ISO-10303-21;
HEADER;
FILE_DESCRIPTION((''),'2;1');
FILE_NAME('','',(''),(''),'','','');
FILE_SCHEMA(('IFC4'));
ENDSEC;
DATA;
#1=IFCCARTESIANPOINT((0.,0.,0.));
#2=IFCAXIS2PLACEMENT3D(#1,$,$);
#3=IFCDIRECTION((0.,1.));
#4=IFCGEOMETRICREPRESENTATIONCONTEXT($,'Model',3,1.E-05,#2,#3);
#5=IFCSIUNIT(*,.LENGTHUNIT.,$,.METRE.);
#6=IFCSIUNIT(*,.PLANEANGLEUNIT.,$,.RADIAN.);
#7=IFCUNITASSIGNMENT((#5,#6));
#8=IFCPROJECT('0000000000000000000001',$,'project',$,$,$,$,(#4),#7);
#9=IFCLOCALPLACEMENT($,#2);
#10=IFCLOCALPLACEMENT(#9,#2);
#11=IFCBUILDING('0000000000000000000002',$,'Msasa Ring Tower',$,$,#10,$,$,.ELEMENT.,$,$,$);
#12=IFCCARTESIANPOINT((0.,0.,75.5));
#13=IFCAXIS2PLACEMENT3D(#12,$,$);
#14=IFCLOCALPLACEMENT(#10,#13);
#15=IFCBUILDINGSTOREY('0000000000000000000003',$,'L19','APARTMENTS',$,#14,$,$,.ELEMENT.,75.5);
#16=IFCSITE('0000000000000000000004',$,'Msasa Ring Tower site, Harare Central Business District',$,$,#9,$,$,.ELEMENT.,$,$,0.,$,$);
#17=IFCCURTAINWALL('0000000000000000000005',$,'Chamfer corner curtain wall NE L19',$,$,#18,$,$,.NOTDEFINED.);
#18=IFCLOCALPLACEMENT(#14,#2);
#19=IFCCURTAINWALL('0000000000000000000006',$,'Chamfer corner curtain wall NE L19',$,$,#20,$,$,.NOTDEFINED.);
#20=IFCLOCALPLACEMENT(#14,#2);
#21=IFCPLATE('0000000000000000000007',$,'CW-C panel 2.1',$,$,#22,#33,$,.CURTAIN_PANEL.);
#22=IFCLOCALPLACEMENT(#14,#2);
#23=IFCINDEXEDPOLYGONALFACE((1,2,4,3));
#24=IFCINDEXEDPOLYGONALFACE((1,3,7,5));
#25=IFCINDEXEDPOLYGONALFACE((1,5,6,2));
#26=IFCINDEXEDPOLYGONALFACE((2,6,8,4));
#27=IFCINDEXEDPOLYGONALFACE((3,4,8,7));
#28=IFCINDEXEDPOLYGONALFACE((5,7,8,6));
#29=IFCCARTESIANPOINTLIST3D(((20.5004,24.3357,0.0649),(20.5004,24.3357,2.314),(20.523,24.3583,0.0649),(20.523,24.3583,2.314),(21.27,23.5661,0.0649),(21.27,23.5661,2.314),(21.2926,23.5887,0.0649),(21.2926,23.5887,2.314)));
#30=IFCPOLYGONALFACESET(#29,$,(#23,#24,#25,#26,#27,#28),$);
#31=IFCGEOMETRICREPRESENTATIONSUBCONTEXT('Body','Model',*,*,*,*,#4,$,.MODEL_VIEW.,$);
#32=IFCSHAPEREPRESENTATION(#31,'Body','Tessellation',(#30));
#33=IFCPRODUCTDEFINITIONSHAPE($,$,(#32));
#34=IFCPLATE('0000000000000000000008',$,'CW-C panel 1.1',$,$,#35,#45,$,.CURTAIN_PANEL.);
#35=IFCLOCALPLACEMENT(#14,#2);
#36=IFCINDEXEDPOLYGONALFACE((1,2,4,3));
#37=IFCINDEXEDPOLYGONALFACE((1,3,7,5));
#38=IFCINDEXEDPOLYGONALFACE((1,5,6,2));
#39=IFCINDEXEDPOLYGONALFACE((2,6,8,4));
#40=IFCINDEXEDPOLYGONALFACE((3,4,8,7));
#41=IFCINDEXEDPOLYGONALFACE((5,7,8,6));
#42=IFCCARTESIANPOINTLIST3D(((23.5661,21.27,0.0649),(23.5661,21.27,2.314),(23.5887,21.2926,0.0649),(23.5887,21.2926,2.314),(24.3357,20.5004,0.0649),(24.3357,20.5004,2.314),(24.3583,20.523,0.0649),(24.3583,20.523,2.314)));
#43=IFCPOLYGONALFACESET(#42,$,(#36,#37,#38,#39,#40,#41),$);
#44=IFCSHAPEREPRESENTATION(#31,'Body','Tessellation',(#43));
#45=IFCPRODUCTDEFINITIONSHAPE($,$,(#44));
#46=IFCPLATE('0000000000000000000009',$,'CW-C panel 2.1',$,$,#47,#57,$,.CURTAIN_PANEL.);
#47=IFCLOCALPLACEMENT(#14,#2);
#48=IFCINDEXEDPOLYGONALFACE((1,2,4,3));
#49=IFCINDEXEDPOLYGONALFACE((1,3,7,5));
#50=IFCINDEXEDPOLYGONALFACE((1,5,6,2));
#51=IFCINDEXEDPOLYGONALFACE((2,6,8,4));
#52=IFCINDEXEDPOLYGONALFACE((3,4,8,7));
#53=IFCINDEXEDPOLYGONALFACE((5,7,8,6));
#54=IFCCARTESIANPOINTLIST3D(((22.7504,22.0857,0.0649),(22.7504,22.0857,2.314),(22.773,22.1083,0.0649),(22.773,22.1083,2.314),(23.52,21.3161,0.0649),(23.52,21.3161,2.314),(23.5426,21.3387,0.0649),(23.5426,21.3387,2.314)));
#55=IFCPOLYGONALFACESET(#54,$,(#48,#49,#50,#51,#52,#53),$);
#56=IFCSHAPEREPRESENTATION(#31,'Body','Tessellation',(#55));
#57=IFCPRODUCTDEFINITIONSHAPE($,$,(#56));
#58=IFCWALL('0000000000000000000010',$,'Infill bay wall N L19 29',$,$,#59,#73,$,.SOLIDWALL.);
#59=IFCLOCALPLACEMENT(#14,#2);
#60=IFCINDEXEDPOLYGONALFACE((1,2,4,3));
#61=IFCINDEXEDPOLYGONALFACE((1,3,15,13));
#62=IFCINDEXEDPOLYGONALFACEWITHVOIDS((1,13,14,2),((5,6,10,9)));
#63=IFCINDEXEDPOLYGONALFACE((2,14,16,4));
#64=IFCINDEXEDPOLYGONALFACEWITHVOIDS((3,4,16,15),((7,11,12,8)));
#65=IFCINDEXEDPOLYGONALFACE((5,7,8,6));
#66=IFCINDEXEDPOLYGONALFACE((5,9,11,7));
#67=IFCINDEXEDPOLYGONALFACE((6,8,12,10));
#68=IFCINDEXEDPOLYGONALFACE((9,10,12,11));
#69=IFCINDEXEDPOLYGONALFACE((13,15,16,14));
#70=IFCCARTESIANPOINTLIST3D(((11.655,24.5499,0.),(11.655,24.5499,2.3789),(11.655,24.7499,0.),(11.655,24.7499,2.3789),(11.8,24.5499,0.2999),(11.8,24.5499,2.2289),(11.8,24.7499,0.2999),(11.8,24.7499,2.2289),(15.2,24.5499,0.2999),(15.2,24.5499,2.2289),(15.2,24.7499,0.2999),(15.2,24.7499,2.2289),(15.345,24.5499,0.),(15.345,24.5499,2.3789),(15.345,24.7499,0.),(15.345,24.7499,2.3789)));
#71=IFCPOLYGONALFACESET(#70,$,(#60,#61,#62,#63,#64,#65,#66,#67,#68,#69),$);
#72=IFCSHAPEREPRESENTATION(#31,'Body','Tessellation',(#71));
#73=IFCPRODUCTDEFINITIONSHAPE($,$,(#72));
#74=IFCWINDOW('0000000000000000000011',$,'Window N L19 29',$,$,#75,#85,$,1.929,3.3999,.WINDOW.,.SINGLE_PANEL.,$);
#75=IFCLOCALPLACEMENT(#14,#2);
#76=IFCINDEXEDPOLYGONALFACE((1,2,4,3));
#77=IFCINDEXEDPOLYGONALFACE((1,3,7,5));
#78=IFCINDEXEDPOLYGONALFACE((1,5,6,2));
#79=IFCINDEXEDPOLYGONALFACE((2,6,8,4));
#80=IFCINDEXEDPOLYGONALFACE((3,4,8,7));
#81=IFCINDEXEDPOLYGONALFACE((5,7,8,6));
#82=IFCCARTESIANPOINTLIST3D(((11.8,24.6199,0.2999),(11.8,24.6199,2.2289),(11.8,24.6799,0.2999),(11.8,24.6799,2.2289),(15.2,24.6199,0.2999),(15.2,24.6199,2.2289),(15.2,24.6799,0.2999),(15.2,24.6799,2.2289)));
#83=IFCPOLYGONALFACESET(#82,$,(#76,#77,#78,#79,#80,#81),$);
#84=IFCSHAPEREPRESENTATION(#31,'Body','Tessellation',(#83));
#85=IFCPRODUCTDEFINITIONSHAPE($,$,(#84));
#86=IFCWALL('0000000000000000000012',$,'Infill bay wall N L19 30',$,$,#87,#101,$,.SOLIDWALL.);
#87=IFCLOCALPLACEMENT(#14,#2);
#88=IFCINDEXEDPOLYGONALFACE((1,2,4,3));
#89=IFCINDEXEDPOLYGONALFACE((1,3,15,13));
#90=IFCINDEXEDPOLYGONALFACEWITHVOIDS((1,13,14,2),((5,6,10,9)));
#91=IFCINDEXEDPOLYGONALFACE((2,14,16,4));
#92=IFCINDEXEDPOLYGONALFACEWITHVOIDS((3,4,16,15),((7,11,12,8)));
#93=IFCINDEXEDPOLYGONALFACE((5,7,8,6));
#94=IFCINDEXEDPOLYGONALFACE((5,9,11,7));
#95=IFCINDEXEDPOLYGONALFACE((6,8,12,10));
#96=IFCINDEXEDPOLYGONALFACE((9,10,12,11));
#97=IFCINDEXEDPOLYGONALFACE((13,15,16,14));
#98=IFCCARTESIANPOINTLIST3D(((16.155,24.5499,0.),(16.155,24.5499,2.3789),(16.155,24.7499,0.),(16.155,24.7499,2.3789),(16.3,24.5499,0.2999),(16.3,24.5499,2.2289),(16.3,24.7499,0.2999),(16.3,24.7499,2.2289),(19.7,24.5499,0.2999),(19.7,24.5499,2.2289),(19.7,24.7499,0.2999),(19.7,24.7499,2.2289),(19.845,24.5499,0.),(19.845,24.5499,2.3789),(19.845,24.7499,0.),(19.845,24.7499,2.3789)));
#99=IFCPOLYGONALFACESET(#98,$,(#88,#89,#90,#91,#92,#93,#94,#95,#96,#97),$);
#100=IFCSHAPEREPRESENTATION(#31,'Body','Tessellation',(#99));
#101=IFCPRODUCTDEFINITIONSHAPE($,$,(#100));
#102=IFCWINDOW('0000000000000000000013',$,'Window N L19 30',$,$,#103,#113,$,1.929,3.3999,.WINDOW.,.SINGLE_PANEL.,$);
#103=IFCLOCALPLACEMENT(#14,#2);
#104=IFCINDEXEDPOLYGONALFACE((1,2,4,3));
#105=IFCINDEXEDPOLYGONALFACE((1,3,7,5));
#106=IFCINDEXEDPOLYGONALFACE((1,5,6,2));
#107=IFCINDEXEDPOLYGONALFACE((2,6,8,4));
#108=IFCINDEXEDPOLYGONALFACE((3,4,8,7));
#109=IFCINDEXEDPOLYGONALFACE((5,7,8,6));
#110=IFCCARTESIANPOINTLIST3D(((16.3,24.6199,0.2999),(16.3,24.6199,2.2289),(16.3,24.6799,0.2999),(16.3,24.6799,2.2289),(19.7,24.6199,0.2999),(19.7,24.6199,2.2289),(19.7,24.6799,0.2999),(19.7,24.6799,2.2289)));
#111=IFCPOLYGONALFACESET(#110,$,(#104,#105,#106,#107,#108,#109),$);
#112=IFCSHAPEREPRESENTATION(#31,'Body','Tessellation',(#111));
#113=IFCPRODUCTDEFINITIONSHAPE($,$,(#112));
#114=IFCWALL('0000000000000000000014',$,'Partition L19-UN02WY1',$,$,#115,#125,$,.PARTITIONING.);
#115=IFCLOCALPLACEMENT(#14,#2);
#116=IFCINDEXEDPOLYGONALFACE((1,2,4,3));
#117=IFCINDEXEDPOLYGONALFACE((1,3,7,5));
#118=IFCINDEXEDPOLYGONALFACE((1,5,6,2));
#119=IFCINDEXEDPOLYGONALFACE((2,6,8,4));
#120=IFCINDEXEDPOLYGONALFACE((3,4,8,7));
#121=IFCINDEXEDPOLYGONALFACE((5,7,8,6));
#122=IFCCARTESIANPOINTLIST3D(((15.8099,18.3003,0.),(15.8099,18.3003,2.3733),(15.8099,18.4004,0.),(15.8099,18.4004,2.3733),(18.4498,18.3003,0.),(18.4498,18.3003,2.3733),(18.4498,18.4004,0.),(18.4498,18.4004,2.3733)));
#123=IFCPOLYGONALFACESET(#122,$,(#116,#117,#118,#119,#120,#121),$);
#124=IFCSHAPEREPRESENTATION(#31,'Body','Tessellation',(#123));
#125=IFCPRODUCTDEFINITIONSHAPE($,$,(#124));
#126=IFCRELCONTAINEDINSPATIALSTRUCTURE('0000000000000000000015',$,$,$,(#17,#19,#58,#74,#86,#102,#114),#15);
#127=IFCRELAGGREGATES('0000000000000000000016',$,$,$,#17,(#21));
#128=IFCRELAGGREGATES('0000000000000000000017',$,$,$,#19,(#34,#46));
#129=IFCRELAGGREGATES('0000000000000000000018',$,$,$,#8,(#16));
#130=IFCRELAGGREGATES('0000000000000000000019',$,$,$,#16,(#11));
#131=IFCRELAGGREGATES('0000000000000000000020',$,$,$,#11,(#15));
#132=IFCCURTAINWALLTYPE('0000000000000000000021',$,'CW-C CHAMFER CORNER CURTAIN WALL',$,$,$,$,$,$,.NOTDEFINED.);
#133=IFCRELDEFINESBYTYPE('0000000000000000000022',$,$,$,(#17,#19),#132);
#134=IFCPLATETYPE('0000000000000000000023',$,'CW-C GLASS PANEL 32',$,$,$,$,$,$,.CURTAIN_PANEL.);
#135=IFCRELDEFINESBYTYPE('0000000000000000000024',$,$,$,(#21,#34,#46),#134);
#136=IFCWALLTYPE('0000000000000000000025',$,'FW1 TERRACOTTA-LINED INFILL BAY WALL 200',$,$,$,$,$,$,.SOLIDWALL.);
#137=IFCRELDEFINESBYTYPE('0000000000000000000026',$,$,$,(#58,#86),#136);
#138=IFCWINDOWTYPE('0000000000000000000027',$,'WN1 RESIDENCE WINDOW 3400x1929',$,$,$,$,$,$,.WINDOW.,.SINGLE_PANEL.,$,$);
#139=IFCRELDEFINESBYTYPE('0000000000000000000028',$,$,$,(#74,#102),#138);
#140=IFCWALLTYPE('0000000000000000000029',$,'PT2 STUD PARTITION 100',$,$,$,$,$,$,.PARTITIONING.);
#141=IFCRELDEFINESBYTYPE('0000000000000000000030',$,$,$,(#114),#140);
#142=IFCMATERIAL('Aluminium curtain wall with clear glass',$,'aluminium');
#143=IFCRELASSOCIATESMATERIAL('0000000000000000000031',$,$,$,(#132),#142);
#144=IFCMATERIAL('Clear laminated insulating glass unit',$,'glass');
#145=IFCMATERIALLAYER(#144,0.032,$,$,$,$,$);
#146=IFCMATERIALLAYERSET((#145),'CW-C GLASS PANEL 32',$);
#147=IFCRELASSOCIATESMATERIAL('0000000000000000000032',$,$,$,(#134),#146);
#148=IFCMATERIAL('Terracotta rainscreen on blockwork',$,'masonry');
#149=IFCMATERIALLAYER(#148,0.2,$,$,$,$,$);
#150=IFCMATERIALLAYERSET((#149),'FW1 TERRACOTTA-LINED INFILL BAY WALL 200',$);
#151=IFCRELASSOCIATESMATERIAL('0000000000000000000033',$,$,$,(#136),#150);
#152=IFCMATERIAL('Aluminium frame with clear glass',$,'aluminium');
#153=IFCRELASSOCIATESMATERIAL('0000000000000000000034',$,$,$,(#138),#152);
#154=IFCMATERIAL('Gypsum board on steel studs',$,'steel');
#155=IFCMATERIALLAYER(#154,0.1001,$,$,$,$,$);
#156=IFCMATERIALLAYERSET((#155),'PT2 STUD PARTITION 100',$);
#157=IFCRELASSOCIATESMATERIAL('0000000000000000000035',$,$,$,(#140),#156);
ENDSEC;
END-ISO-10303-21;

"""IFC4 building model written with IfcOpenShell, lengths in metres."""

from ifc_helpers import new_model, si_unit, direction, frame, frame_2d, origin, origin_2d, place, context, subcontext, project, spatial, rectangle, extrude, material, layer, layer_set, type_object, element, fill, aggregate, save


model = new_model("IFC4")

# Units and contexts
model_context = context("Model", 3, precision=1e-05, world=origin(), true_north=direction((0.0, 1.0)))
body_context = subcontext(model_context, "Body", "Model", "MODEL_VIEW")
ifc_project = project(units=[si_unit("LENGTHUNIT", "METRE"), si_unit("PLANEANGLEUNIT", "RADIAN")], contexts=[model_context])

# Site, building, storey
site_placement = place(None, origin())
site = spatial("IfcSite", under=ifc_project, at=site_placement, Name="Msasa Ring Tower site, Harare Central Business District", CompositionType="ELEMENT", RefElevation=0.0)
building_placement = place(site_placement, origin())
building = spatial("IfcBuilding", under=site, at=building_placement, Name="Msasa Ring Tower", CompositionType="ELEMENT")
storey_placement = place(building_placement, frame((0.0, 0.0, 75.5)))
storey = spatial("IfcBuildingStorey", under=building, at=storey_placement, Name="L19", Description="APARTMENTS", CompositionType="ELEMENT", Elevation=75.5)

# Curtain walls
ifc_material_1 = material(Name="Aluminium curtain wall with clear glass", Category="aluminium")
curtain_wall_type = type_object("IfcCurtainWallType", Name="CW-C CHAMFER CORNER CURTAIN WALL", PredefinedType="NOTDEFINED", material=ifc_material_1)
curtain_wall_1_placement = place(storey_placement, origin())
curtain_wall_1 = element("IfcCurtainWall", 1, at=curtain_wall_1_placement, inside=storey, type_object=curtain_wall_type, Name="Chamfer corner curtain wall NE L19", PredefinedType="NOTDEFINED")
curtain_wall_2_placement = place(storey_placement, origin())
curtain_wall_2 = element("IfcCurtainWall", 2, at=curtain_wall_2_placement, inside=storey, type_object=curtain_wall_type, Name="Chamfer corner curtain wall NE L19", PredefinedType="NOTDEFINED")

# Plates
ifc_material_2 = material(Name="Clear laminated insulating glass unit", Category="glass")
ifc_layer_1 = layer(ifc_material_2, 0.032)
ifc_layer_set_1 = layer_set([ifc_layer_1], Name="CW-C GLASS PANEL 32")
plate_type = type_object("IfcPlateType", Name="CW-C GLASS PANEL 32", PredefinedType="CURTAIN_PANEL", material=ifc_layer_set_1)
plate_1_placement = place(storey_placement, frame((20.8965, 23.9622, 0.0649), z_axis=(0.0, 0.0, 1.0), x_axis=(-0.707107, 0.707107, 0.0)))
plate_1 = element("IfcPlate", 3, at=plate_1_placement, type_object=plate_type, Name="CW-C panel 2.1", PredefinedType="CURTAIN_PANEL", context=body_context, shape_type="SweptSolid", body=[
    extrude(rectangle(XDim=1.0884, YDim=0.032, at=origin_2d()), origin(), (0.0, 0.0, 1.0), 2.249),
])
aggregate(curtain_wall_1, [plate_1])
plate_2_placement = place(storey_placement, frame((23.9622, 20.8965, 0.0649), z_axis=(0.0, 0.0, 1.0), x_axis=(-0.707107, 0.707107, 0.0)))
plate_2 = element("IfcPlate", 4, at=plate_2_placement, type_object=plate_type, Name="CW-C panel 1.1", PredefinedType="CURTAIN_PANEL", context=body_context, shape_type="SweptSolid", body=[
    extrude(rectangle(XDim=1.0884, YDim=0.032, at=origin_2d()), origin(), (0.0, 0.0, 1.0), 2.249),
])
plate_3_placement = place(storey_placement, frame((23.1465, 21.7122, 0.0649), z_axis=(0.0, 0.0, 1.0), x_axis=(-0.707107, 0.707107, 0.0)))
plate_3 = element("IfcPlate", 5, at=plate_3_placement, type_object=plate_type, Name="CW-C panel 2.1", PredefinedType="CURTAIN_PANEL", context=body_context, shape_type="SweptSolid", body=[
    extrude(rectangle(XDim=1.0884, YDim=0.032, at=origin_2d()), origin(), (0.0, 0.0, 1.0), 2.249),
])
aggregate(curtain_wall_2, [plate_2, plate_3])

# Walls, openings, windows
ifc_material_3 = material(Name="Terracotta rainscreen on blockwork", Category="masonry")
ifc_layer_2 = layer(ifc_material_3, 0.2)
ifc_layer_set_2 = layer_set([ifc_layer_2], Name="FW1 TERRACOTTA-LINED INFILL BAY WALL 200")
wall_type_1 = type_object("IfcWallType", Name="FW1 TERRACOTTA-LINED INFILL BAY WALL 200", PredefinedType="SOLIDWALL", material=ifc_layer_set_2)
wall_1_placement = place(storey_placement, frame((11.655, 24.6499, 0.0), z_axis=(0.0, 0.0, 1.0), x_axis=(1.0, 0.0, 0.0)))
wall_1 = element("IfcWall", 6, at=wall_1_placement, inside=storey, type_object=wall_type_1, Name="Infill bay wall N L19 29", PredefinedType="SOLIDWALL", context=body_context, shape_type="SweptSolid", body=[
    extrude(rectangle(XDim=3.6899, YDim=0.2, at=frame_2d((1.845, 0.0))), origin(), (0.0, 0.0, 1.0), 2.3789),
])
opening_1_placement = place(wall_1_placement, frame((0.145, 0.0, 0.3)))
opening_1 = element("IfcOpeningElement", 7, at=opening_1_placement, cuts=wall_1, PredefinedType="OPENING", context=body_context, shape_type="SweptSolid", body=[
    extrude(rectangle(XDim=3.3999, YDim=1.929, at=frame_2d((1.7, 0.9644))), frame((0.0, 0.1099, 0.0), z_axis=(0.0, -1.0, 0.0), x_axis=(1.0, 0.0, 0.0)), (0.0, 0.0, 1.0), 0.22),
])
ifc_material_4 = material(Name="Aluminium frame with clear glass", Category="aluminium")
window_type = type_object("IfcWindowType", Name="WN1 RESIDENCE WINDOW 3400x1929", PartitioningType="SINGLE_PANEL", PredefinedType="WINDOW", material=ifc_material_4)
window_1_placement = place(opening_1_placement, origin())
window_1 = element("IfcWindow", 8, at=window_1_placement, inside=storey, type_object=window_type, Name="Window N L19 29", OverallHeight=1.929, OverallWidth=3.3999, PartitioningType="SINGLE_PANEL", PredefinedType="WINDOW", context=body_context, shape_type="SweptSolid", body=[
    extrude(rectangle(XDim=3.3999, YDim=1.929, at=frame_2d((1.7, 0.9644))), frame((0.0, 0.03, 0.0), z_axis=(0.0, -1.0, 0.0), x_axis=(1.0, 0.0, 0.0)), (0.0, 0.0, 1.0), 0.0601),
])
fill(opening_1, window_1)
wall_2_placement = place(storey_placement, frame((16.155, 24.6499, 0.0), z_axis=(0.0, 0.0, 1.0), x_axis=(1.0, 0.0, 0.0)))
wall_2 = element("IfcWall", 9, at=wall_2_placement, inside=storey, type_object=wall_type_1, Name="Infill bay wall N L19 30", PredefinedType="SOLIDWALL", context=body_context, shape_type="SweptSolid", body=[
    extrude(rectangle(XDim=3.6899, YDim=0.2, at=frame_2d((1.845, 0.0))), origin(), (0.0, 0.0, 1.0), 2.3789),
])
opening_2_placement = place(wall_2_placement, frame((0.145, 0.0, 0.3)))
opening_2 = element("IfcOpeningElement", 10, at=opening_2_placement, cuts=wall_2, PredefinedType="OPENING", context=body_context, shape_type="SweptSolid", body=[
    extrude(rectangle(XDim=3.3999, YDim=1.929, at=frame_2d((1.7, 0.9644))), frame((0.0, 0.1099, 0.0), z_axis=(0.0, -1.0, 0.0), x_axis=(1.0, 0.0, 0.0)), (0.0, 0.0, 1.0), 0.22),
])
window_2_placement = place(opening_2_placement, origin())
window_2 = element("IfcWindow", 11, at=window_2_placement, inside=storey, type_object=window_type, Name="Window N L19 30", OverallHeight=1.929, OverallWidth=3.3999, PartitioningType="SINGLE_PANEL", PredefinedType="WINDOW", context=body_context, shape_type="SweptSolid", body=[
    extrude(rectangle(XDim=3.3999, YDim=1.929, at=frame_2d((1.7, 0.9644))), frame((0.0, 0.03, 0.0), z_axis=(0.0, -1.0, 0.0), x_axis=(1.0, 0.0, 0.0)), (0.0, 0.0, 1.0), 0.0601),
])
fill(opening_2, window_2)

# Wall
ifc_material_5 = material(Name="Gypsum board on steel studs", Category="steel")
ifc_layer_3 = layer(ifc_material_5, 0.1001)
ifc_layer_set_3 = layer_set([ifc_layer_3], Name="PT2 STUD PARTITION 100")
wall_type_2 = type_object("IfcWallType", Name="PT2 STUD PARTITION 100", PredefinedType="PARTITIONING", material=ifc_layer_set_3)
wall_3_placement = place(storey_placement, frame((15.8101, 18.3503, 0.0), z_axis=(0.0, 0.0, 1.0), x_axis=(1.0, 0.0, 0.0)))
element("IfcWall", 12, at=wall_3_placement, inside=storey, type_object=wall_type_2, Name="Partition L19-UN02WY1", PredefinedType="PARTITIONING", context=body_context, shape_type="SweptSolid", body=[
    extrude(rectangle(XDim=2.6399, YDim=0.1001, at=frame_2d((1.3198, 0.0))), origin(), (0.0, 0.0, 1.0), 2.3733),
])

save(model, "model.ifc")
